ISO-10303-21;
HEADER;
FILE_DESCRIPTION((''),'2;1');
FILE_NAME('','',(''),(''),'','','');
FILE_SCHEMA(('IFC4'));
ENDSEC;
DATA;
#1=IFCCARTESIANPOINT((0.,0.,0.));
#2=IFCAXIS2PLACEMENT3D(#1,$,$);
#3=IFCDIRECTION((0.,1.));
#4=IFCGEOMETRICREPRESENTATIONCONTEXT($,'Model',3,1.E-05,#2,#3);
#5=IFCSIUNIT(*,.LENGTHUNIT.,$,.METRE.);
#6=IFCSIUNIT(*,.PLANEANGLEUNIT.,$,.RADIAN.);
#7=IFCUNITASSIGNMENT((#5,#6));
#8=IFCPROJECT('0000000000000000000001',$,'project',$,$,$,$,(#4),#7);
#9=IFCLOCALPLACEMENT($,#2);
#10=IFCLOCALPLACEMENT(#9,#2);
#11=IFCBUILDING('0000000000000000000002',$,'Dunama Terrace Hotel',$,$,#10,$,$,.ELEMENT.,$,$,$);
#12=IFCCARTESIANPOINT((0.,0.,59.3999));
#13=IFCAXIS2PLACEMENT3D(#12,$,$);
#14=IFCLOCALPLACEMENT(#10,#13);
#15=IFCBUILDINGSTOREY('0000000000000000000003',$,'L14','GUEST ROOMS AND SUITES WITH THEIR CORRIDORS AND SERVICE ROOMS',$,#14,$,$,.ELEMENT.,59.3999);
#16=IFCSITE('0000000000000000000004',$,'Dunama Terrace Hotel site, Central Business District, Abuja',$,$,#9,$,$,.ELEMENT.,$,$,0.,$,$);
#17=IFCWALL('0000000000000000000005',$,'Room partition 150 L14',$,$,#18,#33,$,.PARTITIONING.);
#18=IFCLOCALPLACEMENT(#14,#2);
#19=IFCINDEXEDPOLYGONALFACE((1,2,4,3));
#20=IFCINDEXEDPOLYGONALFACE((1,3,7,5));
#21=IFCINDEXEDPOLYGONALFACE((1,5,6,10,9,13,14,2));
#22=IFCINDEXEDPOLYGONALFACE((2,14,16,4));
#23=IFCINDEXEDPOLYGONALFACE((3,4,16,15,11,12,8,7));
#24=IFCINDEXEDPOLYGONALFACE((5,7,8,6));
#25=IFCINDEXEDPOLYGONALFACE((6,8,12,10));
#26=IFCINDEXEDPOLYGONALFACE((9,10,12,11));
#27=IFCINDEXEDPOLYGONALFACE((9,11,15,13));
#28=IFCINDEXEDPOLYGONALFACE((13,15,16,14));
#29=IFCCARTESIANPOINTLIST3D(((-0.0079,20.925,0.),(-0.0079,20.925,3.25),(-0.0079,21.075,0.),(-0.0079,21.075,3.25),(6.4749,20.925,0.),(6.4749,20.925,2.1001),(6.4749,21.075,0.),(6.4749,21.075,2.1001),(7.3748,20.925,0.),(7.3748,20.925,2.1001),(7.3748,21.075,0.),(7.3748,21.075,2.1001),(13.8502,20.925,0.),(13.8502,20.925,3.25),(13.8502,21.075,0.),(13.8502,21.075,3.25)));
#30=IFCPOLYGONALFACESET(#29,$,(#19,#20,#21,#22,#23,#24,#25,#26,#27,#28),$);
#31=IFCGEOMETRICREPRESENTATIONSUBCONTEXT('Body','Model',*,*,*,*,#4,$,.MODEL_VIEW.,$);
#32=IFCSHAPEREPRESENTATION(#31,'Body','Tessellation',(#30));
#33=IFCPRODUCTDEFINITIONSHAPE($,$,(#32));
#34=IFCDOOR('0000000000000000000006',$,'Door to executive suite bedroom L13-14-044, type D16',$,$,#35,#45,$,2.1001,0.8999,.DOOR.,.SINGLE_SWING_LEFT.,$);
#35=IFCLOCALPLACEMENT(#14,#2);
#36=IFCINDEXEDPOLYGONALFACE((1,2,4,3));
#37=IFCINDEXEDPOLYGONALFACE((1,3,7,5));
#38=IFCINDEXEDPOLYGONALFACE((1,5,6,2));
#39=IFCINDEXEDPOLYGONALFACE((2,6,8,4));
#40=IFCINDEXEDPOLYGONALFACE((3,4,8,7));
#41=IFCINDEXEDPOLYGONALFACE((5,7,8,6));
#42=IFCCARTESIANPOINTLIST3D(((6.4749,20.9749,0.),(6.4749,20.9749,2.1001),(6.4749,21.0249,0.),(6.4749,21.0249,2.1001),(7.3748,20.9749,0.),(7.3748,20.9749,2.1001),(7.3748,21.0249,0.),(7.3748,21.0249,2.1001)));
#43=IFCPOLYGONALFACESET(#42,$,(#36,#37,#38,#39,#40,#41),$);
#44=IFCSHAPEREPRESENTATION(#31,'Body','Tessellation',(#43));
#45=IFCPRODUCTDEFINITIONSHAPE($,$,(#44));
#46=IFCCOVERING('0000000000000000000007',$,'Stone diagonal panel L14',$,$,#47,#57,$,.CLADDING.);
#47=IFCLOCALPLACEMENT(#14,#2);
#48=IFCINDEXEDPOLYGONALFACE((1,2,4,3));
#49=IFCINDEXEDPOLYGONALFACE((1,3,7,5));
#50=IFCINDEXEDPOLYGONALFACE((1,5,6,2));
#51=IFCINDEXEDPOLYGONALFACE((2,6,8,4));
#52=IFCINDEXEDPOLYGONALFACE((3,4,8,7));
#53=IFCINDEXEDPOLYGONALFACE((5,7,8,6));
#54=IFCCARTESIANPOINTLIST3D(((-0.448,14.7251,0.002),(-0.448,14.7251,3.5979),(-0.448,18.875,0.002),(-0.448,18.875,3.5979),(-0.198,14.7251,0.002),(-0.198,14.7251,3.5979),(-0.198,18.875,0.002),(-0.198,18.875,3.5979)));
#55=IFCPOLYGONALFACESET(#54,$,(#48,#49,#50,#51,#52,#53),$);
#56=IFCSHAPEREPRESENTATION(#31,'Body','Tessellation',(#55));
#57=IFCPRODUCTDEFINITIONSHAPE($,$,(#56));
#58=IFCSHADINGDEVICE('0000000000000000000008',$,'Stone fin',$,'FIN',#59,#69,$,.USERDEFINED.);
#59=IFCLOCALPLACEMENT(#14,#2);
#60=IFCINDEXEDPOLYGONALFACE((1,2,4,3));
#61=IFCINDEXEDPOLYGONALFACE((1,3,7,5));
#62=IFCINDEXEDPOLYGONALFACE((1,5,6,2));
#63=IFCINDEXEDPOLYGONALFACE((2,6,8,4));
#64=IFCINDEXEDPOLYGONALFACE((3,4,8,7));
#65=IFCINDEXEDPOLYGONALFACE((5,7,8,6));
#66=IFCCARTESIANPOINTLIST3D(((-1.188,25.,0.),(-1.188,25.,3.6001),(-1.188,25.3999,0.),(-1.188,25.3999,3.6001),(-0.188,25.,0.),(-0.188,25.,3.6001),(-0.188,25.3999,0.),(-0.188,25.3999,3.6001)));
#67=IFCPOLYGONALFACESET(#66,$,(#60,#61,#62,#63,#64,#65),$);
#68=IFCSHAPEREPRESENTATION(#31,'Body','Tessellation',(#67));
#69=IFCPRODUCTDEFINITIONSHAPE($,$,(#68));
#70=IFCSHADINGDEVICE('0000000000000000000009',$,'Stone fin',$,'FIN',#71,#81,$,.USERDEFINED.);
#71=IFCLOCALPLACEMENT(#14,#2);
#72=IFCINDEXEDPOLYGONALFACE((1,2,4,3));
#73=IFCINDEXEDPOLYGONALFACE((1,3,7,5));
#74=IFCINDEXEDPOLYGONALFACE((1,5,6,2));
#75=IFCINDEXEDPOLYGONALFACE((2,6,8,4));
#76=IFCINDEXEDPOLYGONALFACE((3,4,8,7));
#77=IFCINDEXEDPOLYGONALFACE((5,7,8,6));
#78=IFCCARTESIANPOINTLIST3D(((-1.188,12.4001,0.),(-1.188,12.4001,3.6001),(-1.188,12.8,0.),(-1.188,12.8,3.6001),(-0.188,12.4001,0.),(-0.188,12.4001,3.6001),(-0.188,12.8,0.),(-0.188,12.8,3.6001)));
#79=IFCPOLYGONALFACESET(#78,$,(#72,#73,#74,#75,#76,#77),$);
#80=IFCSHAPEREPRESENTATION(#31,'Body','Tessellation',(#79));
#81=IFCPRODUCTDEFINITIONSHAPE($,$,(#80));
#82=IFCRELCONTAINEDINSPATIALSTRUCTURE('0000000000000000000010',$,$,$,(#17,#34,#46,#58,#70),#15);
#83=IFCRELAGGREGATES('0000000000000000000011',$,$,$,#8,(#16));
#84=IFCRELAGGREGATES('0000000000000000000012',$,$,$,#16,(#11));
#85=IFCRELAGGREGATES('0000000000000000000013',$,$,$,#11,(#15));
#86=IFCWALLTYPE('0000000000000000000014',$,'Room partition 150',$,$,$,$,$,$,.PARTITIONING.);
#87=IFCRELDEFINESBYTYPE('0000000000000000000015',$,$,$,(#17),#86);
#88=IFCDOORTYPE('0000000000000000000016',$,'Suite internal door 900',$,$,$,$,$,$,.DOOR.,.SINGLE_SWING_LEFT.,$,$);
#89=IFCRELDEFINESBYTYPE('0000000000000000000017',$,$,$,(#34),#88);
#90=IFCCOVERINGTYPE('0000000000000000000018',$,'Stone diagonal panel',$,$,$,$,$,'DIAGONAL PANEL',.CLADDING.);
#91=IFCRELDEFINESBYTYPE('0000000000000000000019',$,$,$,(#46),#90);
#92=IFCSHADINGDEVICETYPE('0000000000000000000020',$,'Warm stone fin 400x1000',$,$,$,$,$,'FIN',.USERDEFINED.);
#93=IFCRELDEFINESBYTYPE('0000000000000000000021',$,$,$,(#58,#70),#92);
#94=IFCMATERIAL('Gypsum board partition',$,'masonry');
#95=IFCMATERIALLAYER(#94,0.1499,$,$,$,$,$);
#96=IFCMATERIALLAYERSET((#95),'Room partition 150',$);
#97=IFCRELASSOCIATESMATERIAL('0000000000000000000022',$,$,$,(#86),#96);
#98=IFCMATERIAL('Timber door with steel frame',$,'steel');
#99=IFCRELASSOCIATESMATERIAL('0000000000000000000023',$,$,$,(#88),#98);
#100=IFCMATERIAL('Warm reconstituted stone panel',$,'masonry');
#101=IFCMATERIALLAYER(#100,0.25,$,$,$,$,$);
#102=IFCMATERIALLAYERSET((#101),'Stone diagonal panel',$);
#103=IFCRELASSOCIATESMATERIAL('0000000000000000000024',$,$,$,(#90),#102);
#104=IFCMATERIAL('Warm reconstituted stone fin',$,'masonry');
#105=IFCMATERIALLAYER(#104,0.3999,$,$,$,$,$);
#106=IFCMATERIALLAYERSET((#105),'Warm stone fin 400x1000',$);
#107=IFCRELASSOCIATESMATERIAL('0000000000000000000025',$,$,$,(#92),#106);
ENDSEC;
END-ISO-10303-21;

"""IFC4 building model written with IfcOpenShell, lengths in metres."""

from ifc_helpers import new_model, si_unit, direction, frame, frame_2d, origin, origin_2d, place, context, subcontext, project, spatial, rectangle, extrude, material, layer, layer_set, type_object, element, fill, save


model = new_model("IFC4")

# Units and contexts
model_context = context("Model", 3, precision=1e-05, world=origin(), true_north=direction((0.0, 1.0)))
body_context = subcontext(model_context, "Body", "Model", "MODEL_VIEW")
ifc_project = project(units=[si_unit("LENGTHUNIT", "METRE"), si_unit("PLANEANGLEUNIT", "RADIAN")], contexts=[model_context])

# Site, building, storey
site_placement = place(None, origin())
site = spatial("IfcSite", under=ifc_project, at=site_placement, Name="Dunama Terrace Hotel site, Central Business District, Abuja", CompositionType="ELEMENT", RefElevation=0.0)
building_placement = place(site_placement, origin())
building = spatial("IfcBuilding", under=site, at=building_placement, Name="Dunama Terrace Hotel", CompositionType="ELEMENT")
storey_placement = place(building_placement, frame((0.0, 0.0, 59.3999)))
storey = spatial("IfcBuildingStorey", under=building, at=storey_placement, Name="L14", Description="GUEST ROOMS AND SUITES WITH THEIR CORRIDORS AND SERVICE ROOMS", CompositionType="ELEMENT", Elevation=59.3999)

# Shared definitions
ifc_material_1 = material(Name="Gypsum board partition", Category="masonry")
ifc_layer_1 = layer(ifc_material_1, 0.1499)
ifc_layer_set_1 = layer_set([ifc_layer_1], Name="Room partition 150")
wall_type_1 = type_object("IfcWallType", Name="Room partition 150", PredefinedType="PARTITIONING", material=ifc_layer_set_1)

# Wall, opening, door
ifc_material_2 = material(Name="Timber door with steel frame", Category="steel")
door_type = type_object("IfcDoorType", Name="Suite internal door 900", OperationType="SINGLE_SWING_LEFT", PredefinedType="DOOR", material=ifc_material_2)
wall_1_placement = place(storey_placement, frame((-0.0081, 21.0, 0.0), z_axis=(0.0, 0.0, 1.0), x_axis=(1.0, 0.0, 0.0)))
wall_1 = element("IfcWall", 1, at=wall_1_placement, inside=storey, type_object=wall_type_1, Name="Room partition 150 L14", PredefinedType="PARTITIONING", context=body_context, shape_type="SweptSolid", body=[
    extrude(rectangle(XDim=13.8582, YDim=0.1499, at=frame_2d((6.9292, 0.0))), origin(), (0.0, 0.0, 1.0), 3.25),
])
opening_1_placement = place(wall_1_placement, frame((6.4829, 0.0, 0.0)))
opening_1 = element("IfcOpeningElement", 2, at=opening_1_placement, cuts=wall_1, PredefinedType="OPENING", context=body_context, shape_type="SweptSolid", body=[
    extrude(rectangle(XDim=0.8999, YDim=2.1001, at=frame_2d((0.45, 1.05))), frame((0.0, 0.085, 0.0), z_axis=(0.0, -1.0, 0.0), x_axis=(1.0, 0.0, 0.0)), (0.0, 0.0, 1.0), 0.1699),
])
door_1_placement = place(opening_1_placement, origin())
door_1 = element("IfcDoor", 3, at=door_1_placement, inside=storey, type_object=door_type, Name="Door to executive suite bedroom L13-14-044, type D16", OperationType="SINGLE_SWING_LEFT", OverallHeight=2.1001, OverallWidth=0.8999, PredefinedType="DOOR", context=body_context, shape_type="SweptSolid", body=[
    extrude(rectangle(XDim=0.8999, YDim=2.1001, at=frame_2d((0.45, 1.05))), frame((0.0, 0.0249, 0.0), z_axis=(0.0, -1.0, 0.0), x_axis=(1.0, 0.0, 0.0)), (0.0, 0.0, 1.0), 0.05),
])
fill(opening_1, door_1)

# Covering
ifc_material_3 = material(Name="Warm reconstituted stone panel", Category="masonry")
ifc_layer_2 = layer(ifc_material_3, 0.25)
ifc_layer_set_2 = layer_set([ifc_layer_2], Name="Stone diagonal panel")
covering_type = type_object("IfcCoveringType", Name="Stone diagonal panel", ElementType="DIAGONAL PANEL", PredefinedType="CLADDING", material=ifc_layer_set_2)
covering_placement = place(storey_placement, frame((-0.323, 16.8, 0.002), z_axis=(0.0, 0.0, 1.0), x_axis=(0.0, -1.0, 0.0)))
element("IfcCovering", 4, at=covering_placement, inside=storey, type_object=covering_type, Name="Stone diagonal panel L14", PredefinedType="CLADDING", context=body_context, shape_type="SweptSolid", body=[
    extrude(rectangle(XDim=4.1499, YDim=0.25, at=origin_2d()), origin(), (0.0, 0.0, 1.0), 3.5959),
])

# Shading devices
ifc_material_4 = material(Name="Warm reconstituted stone fin", Category="masonry")
ifc_layer_3 = layer(ifc_material_4, 0.3999)
ifc_layer_set_3 = layer_set([ifc_layer_3], Name="Warm stone fin 400x1000")
shading_device_type = type_object("IfcShadingDeviceType", Name="Warm stone fin 400x1000", ElementType="FIN", PredefinedType="USERDEFINED", material=ifc_layer_set_3)
for number, where, z_axis, x_axis, name in (
    (5, (-0.688, 25.2, 0.0), (0.0, 0.0, 1.0), (0.0, -1.0, 0.0), "Stone fin"),
    (6, (-0.688, 12.6001, 0.0), (0.0, 0.0, 1.0), (0.0, -1.0, 0.0), "Stone fin"),
):
    element("IfcShadingDevice", number, at=place(storey_placement, frame(where, z_axis=z_axis, x_axis=x_axis)), inside=storey, type_object=shading_device_type, Name=name, ObjectType="FIN", PredefinedType="USERDEFINED", context=body_context, shape_type="SweptSolid", body=[
        extrude(rectangle(XDim=0.3999, YDim=1.0, at=origin_2d()), origin(), (0.0, 0.0, 1.0), 3.6001),
    ])

save(model, "model.ifc")
